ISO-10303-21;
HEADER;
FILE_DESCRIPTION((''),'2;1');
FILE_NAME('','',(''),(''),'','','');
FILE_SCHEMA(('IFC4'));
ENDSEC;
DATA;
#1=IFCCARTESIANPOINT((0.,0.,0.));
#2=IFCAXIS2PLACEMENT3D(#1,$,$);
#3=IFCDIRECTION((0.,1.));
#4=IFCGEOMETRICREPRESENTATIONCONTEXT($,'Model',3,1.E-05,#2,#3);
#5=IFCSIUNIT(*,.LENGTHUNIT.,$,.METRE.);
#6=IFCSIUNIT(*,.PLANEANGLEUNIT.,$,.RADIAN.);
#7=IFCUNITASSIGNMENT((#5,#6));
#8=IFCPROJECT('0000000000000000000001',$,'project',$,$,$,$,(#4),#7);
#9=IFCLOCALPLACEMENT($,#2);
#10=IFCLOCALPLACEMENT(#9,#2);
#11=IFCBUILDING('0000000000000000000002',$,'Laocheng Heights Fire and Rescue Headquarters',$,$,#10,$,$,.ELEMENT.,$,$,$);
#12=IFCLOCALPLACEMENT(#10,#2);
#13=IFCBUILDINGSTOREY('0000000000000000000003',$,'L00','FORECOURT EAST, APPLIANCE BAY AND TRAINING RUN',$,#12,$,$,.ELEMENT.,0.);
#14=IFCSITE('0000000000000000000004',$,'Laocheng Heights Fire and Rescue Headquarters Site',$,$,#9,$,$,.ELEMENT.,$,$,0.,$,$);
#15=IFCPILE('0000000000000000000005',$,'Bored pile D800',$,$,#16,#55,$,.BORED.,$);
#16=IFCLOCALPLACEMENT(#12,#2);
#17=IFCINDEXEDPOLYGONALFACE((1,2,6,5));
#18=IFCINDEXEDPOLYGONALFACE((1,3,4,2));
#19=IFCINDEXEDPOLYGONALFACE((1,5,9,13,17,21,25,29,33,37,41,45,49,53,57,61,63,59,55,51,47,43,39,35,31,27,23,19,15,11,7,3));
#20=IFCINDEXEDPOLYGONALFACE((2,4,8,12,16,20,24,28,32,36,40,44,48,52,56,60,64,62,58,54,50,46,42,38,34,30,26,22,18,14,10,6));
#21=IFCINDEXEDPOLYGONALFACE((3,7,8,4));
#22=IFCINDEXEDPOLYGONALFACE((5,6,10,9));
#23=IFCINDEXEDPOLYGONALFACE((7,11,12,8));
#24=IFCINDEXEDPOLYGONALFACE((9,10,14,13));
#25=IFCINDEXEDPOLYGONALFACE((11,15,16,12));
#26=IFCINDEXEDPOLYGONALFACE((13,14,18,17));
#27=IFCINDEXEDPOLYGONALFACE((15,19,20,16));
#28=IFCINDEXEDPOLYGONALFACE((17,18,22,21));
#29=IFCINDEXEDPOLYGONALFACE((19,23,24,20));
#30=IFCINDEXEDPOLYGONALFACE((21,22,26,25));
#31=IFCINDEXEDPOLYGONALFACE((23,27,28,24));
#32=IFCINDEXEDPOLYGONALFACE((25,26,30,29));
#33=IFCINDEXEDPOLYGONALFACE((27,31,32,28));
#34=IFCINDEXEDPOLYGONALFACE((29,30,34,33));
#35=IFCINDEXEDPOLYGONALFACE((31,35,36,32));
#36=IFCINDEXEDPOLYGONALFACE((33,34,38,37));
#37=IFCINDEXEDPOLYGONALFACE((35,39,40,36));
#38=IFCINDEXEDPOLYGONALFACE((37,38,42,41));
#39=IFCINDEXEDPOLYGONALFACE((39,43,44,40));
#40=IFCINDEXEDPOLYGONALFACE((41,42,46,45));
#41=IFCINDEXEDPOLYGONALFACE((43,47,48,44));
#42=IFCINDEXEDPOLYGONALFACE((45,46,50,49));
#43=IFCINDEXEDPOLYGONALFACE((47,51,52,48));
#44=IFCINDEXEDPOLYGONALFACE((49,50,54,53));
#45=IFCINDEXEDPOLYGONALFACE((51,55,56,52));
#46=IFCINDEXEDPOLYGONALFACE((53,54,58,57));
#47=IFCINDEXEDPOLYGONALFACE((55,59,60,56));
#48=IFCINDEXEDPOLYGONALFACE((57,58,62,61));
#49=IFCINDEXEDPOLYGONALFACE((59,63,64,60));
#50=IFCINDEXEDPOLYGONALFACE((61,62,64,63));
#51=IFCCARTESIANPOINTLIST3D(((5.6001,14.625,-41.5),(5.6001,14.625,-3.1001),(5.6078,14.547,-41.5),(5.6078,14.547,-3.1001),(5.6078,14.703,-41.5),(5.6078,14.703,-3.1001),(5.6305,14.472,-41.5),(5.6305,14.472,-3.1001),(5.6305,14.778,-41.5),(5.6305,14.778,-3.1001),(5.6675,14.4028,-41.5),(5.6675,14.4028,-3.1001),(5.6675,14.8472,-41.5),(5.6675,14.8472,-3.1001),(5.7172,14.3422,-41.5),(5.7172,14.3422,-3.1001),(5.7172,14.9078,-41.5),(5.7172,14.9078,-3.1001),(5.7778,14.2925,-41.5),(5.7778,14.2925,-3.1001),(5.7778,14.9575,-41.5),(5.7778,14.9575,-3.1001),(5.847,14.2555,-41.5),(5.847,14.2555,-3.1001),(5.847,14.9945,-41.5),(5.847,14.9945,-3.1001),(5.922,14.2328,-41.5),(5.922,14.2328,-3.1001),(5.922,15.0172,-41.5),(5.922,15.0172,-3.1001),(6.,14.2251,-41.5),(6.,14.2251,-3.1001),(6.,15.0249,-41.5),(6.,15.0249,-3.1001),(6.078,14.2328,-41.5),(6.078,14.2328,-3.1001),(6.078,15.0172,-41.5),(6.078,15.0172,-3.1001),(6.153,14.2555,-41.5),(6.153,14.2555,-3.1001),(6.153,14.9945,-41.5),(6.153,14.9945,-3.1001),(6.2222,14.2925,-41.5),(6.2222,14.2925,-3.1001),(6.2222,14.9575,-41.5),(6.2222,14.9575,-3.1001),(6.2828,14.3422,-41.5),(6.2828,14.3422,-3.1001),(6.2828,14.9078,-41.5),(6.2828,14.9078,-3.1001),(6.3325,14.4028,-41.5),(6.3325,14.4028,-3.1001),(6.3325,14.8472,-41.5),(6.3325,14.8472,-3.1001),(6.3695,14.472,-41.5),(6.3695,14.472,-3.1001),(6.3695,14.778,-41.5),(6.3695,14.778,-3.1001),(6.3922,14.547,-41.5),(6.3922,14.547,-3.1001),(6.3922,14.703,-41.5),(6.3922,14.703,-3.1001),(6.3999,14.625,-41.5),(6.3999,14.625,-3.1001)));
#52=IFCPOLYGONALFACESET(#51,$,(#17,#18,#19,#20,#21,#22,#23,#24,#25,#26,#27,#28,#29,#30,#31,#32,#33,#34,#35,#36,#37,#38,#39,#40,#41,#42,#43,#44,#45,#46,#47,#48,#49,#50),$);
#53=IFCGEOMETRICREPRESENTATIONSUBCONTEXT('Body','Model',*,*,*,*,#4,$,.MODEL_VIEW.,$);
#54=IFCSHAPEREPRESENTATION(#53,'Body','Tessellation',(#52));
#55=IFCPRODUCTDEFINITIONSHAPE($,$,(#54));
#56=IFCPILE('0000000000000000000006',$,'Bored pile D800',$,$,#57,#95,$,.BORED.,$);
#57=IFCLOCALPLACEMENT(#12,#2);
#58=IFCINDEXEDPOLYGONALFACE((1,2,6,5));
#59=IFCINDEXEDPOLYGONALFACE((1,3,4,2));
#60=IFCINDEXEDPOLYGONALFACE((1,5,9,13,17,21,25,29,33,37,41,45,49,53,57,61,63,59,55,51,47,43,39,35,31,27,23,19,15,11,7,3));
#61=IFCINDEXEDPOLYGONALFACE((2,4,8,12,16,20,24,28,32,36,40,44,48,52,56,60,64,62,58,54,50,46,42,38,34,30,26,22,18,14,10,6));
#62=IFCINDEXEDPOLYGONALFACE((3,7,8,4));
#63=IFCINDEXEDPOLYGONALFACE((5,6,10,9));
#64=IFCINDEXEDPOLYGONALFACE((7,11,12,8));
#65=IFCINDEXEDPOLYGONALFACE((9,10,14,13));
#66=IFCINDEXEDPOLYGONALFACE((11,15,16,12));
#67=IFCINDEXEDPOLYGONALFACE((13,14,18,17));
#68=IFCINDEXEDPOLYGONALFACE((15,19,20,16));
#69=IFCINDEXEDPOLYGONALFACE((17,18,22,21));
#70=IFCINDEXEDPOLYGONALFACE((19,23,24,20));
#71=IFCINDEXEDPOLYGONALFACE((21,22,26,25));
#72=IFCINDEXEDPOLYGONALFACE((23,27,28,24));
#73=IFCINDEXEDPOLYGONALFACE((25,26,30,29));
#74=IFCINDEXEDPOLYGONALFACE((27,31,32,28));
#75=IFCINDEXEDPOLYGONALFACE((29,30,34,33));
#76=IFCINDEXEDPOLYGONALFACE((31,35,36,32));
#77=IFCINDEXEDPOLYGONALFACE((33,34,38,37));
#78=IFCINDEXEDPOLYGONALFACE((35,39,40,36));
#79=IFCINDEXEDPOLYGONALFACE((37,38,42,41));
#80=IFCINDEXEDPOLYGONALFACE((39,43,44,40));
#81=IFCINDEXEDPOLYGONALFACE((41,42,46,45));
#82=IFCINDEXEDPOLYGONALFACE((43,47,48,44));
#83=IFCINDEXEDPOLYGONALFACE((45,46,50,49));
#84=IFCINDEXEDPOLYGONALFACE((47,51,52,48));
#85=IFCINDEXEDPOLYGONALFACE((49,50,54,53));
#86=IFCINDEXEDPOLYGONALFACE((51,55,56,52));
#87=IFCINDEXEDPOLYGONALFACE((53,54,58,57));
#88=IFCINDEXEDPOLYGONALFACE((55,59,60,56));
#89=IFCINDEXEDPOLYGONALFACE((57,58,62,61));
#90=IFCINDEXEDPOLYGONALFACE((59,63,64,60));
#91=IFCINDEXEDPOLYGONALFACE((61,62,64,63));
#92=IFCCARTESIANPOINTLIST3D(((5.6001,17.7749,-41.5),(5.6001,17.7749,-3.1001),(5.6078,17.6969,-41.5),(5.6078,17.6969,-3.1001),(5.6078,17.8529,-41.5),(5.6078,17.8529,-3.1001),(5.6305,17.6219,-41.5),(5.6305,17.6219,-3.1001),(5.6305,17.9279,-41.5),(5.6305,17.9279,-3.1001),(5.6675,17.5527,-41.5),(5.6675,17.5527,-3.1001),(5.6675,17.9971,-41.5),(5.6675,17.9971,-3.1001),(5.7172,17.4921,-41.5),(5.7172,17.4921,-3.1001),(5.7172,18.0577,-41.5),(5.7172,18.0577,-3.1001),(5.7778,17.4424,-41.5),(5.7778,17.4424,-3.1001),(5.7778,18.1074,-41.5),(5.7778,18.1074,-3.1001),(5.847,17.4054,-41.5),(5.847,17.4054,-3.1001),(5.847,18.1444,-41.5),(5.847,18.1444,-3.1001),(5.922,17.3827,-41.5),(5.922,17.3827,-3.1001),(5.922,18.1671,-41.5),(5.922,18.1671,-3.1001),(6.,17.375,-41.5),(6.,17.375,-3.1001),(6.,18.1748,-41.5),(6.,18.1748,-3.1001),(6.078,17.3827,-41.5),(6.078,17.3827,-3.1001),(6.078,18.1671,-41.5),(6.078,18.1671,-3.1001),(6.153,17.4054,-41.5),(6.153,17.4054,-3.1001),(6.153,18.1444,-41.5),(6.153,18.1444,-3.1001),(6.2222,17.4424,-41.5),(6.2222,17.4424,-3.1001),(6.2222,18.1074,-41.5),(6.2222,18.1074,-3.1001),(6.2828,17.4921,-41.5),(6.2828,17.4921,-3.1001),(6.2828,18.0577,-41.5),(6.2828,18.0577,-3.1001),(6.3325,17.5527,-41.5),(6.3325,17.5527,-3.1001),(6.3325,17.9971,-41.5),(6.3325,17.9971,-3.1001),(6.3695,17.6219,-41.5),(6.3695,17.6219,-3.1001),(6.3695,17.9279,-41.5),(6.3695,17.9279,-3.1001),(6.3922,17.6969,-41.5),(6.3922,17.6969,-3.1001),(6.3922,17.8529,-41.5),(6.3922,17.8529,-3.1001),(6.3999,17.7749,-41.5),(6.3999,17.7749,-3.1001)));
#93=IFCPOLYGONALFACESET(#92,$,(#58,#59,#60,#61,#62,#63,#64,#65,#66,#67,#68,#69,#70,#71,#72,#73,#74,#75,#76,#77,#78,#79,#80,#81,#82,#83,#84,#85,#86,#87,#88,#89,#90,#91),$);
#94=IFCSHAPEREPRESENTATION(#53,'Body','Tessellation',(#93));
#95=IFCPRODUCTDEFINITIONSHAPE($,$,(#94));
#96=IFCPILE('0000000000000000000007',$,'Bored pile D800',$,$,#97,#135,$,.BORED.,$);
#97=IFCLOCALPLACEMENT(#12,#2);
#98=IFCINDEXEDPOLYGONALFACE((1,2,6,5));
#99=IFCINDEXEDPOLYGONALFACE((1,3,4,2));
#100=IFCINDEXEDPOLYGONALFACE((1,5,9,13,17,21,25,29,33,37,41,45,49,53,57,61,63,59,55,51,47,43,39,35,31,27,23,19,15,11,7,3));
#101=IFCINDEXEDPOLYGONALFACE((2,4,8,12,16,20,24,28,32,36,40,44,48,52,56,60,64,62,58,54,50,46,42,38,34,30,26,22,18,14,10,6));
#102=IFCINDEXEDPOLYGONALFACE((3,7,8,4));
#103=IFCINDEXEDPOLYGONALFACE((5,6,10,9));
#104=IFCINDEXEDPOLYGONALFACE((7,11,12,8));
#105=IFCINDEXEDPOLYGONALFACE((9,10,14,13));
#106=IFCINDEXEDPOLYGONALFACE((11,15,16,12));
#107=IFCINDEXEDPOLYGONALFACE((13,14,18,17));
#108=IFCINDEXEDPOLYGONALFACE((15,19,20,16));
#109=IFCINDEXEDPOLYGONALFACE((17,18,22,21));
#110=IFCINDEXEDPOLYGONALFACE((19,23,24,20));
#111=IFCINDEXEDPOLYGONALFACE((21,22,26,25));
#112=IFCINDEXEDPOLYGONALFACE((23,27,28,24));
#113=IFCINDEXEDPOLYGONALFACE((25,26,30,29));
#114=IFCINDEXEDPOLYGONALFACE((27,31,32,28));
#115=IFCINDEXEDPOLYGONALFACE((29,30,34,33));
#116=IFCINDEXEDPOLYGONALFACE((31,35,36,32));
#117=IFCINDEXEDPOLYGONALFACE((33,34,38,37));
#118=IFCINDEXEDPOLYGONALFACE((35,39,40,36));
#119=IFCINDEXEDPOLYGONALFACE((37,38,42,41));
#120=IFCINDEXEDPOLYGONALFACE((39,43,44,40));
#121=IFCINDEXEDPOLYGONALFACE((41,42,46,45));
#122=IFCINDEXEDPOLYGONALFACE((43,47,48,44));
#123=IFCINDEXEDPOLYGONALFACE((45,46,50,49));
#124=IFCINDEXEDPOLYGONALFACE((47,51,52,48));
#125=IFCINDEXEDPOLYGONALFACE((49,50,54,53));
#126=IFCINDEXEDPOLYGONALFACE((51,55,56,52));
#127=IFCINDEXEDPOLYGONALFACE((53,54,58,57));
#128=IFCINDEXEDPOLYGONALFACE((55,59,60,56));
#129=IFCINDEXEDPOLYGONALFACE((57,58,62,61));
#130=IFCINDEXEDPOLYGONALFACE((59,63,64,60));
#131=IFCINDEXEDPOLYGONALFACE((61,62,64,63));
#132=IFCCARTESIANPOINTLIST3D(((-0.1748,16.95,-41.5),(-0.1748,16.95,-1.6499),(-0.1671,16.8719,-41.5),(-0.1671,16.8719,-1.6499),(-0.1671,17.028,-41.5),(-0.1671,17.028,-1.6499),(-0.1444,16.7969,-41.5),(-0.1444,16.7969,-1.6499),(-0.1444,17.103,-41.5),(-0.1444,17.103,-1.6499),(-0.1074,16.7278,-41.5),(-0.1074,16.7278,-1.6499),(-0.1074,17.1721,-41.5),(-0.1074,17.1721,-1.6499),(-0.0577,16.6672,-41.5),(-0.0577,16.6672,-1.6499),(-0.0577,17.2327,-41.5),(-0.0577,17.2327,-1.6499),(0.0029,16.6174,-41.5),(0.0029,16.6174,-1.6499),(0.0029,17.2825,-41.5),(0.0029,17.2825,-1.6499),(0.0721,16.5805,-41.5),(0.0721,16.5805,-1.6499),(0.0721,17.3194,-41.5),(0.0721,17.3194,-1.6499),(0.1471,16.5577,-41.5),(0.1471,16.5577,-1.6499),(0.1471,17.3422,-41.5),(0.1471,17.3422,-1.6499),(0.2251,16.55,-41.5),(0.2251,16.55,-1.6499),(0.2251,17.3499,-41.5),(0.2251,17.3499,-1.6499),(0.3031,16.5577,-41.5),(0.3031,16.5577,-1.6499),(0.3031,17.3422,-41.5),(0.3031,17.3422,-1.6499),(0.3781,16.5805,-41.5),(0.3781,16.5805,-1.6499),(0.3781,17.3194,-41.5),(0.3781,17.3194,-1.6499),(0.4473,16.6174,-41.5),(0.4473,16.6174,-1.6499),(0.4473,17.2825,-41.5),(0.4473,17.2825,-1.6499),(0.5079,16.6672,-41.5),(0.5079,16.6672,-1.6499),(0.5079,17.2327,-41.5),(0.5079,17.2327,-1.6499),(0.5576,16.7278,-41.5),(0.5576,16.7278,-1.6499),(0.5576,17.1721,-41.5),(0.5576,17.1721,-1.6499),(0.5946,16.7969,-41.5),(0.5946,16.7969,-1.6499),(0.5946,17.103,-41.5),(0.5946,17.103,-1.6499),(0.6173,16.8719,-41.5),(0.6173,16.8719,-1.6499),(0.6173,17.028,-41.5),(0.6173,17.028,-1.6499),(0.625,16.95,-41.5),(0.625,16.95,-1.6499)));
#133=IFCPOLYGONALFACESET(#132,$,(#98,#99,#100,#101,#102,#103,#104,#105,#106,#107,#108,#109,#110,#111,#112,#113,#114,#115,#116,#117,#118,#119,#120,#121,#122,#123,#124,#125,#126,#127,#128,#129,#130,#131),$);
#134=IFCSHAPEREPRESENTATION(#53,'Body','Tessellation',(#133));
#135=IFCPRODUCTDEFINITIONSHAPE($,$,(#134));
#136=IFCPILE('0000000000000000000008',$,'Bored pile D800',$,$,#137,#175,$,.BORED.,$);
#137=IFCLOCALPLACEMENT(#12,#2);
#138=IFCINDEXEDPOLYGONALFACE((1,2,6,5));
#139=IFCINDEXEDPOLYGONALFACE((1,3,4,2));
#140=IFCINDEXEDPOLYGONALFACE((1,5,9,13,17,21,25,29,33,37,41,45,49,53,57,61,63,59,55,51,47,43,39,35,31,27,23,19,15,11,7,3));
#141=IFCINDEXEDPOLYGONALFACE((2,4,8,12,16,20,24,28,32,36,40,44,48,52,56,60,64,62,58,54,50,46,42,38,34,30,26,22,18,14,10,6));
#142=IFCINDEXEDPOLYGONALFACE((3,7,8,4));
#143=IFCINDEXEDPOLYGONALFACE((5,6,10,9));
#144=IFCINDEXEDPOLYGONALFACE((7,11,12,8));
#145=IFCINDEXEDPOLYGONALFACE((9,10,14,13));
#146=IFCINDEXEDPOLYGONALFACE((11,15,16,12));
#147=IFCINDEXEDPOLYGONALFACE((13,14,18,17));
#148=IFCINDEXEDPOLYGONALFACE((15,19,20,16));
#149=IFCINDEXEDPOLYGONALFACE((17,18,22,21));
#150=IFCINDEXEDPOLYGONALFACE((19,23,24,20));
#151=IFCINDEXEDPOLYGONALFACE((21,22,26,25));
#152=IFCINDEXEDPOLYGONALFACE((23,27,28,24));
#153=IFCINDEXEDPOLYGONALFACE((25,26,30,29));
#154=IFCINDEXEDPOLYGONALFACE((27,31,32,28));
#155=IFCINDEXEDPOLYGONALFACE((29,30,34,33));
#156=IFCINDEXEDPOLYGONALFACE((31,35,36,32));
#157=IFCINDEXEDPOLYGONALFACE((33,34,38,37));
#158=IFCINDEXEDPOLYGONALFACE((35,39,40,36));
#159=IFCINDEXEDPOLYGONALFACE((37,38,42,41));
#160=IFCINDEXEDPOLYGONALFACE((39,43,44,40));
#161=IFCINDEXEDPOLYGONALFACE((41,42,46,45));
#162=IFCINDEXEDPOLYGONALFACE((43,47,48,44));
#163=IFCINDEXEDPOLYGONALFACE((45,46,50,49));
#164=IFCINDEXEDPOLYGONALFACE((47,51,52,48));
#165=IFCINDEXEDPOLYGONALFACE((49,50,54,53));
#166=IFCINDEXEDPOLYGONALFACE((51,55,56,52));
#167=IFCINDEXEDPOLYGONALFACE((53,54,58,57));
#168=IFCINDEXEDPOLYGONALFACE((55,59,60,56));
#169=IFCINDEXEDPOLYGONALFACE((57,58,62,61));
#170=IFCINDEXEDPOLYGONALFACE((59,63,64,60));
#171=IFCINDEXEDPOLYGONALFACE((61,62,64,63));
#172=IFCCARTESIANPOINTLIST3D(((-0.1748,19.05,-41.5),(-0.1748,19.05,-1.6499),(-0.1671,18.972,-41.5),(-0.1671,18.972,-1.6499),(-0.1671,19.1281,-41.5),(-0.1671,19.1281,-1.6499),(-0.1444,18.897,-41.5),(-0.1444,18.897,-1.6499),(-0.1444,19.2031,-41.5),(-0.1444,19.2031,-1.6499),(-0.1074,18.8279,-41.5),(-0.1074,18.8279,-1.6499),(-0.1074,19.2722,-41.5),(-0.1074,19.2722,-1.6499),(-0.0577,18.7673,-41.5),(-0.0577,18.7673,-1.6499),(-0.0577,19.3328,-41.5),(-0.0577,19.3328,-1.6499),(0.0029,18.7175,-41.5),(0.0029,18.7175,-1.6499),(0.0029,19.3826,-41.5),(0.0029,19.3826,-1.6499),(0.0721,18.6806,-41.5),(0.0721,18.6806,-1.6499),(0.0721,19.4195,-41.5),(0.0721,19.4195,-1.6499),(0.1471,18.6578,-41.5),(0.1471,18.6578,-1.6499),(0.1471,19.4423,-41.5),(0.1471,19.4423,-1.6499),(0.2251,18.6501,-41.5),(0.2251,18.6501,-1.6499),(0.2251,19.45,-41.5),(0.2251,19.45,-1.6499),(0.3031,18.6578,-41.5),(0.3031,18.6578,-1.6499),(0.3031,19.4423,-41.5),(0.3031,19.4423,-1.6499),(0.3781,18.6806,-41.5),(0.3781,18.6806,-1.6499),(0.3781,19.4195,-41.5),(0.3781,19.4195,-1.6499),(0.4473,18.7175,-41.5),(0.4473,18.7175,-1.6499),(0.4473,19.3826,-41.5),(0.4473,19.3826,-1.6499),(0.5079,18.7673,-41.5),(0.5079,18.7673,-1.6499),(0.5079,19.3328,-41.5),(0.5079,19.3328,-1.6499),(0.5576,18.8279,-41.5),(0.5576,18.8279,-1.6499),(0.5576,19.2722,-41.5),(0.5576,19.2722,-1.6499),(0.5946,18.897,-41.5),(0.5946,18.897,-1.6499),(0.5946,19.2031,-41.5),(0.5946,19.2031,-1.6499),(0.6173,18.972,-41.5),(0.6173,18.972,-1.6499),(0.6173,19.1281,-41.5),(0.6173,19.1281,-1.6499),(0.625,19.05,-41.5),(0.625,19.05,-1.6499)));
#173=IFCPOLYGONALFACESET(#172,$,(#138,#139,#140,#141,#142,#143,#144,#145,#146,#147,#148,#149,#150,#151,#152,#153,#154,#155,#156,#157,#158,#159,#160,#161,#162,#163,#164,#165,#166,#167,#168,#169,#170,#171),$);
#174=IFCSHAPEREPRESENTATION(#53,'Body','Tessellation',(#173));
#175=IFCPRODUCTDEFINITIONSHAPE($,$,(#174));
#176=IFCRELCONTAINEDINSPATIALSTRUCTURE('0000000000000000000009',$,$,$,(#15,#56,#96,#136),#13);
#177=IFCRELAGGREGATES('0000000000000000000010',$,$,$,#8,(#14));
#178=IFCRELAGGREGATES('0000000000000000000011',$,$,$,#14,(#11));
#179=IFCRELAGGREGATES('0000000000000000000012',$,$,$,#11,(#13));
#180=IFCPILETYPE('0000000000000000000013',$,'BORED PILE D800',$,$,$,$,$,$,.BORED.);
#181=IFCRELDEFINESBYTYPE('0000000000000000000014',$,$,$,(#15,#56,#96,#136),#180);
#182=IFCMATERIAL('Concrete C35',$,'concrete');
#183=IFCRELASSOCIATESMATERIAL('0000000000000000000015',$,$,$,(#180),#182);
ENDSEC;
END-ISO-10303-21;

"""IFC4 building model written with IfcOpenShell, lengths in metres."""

from ifc_helpers import new_model, si_unit, direction, frame, origin, origin_2d, place, context, subcontext, project, spatial, circle, extrude, material, material_profile, profile_set, type_object, element, save


model = new_model("IFC4")

# Units and contexts
model_context = context("Model", 3, precision=1e-05, world=origin(), true_north=direction((0.0, 1.0)))
body_context = subcontext(model_context, "Body", "Model", "MODEL_VIEW")
ifc_project = project(units=[si_unit("LENGTHUNIT", "METRE"), si_unit("PLANEANGLEUNIT", "RADIAN")], contexts=[model_context])

# Site, building, storey
site_placement = place(None, origin())
site = spatial("IfcSite", under=ifc_project, at=site_placement, Name="Laocheng Heights Fire and Rescue Headquarters Site", CompositionType="ELEMENT", RefElevation=0.0)
building_placement = place(site_placement, origin())
building = spatial("IfcBuilding", under=site, at=building_placement, Name="Laocheng Heights Fire and Rescue Headquarters", CompositionType="ELEMENT")
storey_placement = place(building_placement, origin())
storey = spatial("IfcBuildingStorey", under=building, at=storey_placement, Name="L00", Description="FORECOURT EAST, APPLIANCE BAY AND TRAINING RUN", CompositionType="ELEMENT", Elevation=0.0)

# Piles
ifc_material_1 = material(Name="Concrete C35", Category="concrete")
ifc_material_profile = material_profile(ifc_material_1, circle(Radius=0.3999, at=origin_2d()), Name="BORED PILE D800")
ifc_profile_set = profile_set([ifc_material_profile], Name="Concrete C35")
pile_type = type_object("IfcPileType", Name="BORED PILE D800", PredefinedType="BORED", material=ifc_profile_set)
for number, where, z_axis, x_axis, name in (
    (1, (6.0, 14.625, -3.1001), (0.0, 0.0, -1.0), (1.0, 0.0, 0.0), "Bored pile D800"),
    (2, (6.0, 17.7749, -3.1001), (0.0, 0.0, -1.0), (1.0, 0.0, 0.0), "Bored pile D800"),
):
    element("IfcPile", number, at=place(storey_placement, frame(where, z_axis=z_axis, x_axis=x_axis)), inside=storey, type_object=pile_type, Name=name, PredefinedType="BORED", context=body_context, shape_type="SweptSolid", body=[
        extrude(circle(Radius=0.3999, at=origin_2d()), origin(), (0.0, 0.0, 1.0), 38.3999),
    ])
for number, where, z_axis, x_axis, name in (
    (3, (0.2251, 16.95, -1.6499), (0.0, 0.0, -1.0), (1.0, 0.0, 0.0), "Bored pile D800"),
    (4, (0.2251, 19.05, -1.6499), (0.0, 0.0, -1.0), (1.0, 0.0, 0.0), "Bored pile D800"),
):
    element("IfcPile", number, at=place(storey_placement, frame(where, z_axis=z_axis, x_axis=x_axis)), inside=storey, type_object=pile_type, Name=name, PredefinedType="BORED", context=body_context, shape_type="SweptSolid", body=[
        extrude(circle(Radius=0.3999, at=origin_2d()), origin(), (0.0, 0.0, 1.0), 39.8501),
    ])

save(model, "model.ifc")
